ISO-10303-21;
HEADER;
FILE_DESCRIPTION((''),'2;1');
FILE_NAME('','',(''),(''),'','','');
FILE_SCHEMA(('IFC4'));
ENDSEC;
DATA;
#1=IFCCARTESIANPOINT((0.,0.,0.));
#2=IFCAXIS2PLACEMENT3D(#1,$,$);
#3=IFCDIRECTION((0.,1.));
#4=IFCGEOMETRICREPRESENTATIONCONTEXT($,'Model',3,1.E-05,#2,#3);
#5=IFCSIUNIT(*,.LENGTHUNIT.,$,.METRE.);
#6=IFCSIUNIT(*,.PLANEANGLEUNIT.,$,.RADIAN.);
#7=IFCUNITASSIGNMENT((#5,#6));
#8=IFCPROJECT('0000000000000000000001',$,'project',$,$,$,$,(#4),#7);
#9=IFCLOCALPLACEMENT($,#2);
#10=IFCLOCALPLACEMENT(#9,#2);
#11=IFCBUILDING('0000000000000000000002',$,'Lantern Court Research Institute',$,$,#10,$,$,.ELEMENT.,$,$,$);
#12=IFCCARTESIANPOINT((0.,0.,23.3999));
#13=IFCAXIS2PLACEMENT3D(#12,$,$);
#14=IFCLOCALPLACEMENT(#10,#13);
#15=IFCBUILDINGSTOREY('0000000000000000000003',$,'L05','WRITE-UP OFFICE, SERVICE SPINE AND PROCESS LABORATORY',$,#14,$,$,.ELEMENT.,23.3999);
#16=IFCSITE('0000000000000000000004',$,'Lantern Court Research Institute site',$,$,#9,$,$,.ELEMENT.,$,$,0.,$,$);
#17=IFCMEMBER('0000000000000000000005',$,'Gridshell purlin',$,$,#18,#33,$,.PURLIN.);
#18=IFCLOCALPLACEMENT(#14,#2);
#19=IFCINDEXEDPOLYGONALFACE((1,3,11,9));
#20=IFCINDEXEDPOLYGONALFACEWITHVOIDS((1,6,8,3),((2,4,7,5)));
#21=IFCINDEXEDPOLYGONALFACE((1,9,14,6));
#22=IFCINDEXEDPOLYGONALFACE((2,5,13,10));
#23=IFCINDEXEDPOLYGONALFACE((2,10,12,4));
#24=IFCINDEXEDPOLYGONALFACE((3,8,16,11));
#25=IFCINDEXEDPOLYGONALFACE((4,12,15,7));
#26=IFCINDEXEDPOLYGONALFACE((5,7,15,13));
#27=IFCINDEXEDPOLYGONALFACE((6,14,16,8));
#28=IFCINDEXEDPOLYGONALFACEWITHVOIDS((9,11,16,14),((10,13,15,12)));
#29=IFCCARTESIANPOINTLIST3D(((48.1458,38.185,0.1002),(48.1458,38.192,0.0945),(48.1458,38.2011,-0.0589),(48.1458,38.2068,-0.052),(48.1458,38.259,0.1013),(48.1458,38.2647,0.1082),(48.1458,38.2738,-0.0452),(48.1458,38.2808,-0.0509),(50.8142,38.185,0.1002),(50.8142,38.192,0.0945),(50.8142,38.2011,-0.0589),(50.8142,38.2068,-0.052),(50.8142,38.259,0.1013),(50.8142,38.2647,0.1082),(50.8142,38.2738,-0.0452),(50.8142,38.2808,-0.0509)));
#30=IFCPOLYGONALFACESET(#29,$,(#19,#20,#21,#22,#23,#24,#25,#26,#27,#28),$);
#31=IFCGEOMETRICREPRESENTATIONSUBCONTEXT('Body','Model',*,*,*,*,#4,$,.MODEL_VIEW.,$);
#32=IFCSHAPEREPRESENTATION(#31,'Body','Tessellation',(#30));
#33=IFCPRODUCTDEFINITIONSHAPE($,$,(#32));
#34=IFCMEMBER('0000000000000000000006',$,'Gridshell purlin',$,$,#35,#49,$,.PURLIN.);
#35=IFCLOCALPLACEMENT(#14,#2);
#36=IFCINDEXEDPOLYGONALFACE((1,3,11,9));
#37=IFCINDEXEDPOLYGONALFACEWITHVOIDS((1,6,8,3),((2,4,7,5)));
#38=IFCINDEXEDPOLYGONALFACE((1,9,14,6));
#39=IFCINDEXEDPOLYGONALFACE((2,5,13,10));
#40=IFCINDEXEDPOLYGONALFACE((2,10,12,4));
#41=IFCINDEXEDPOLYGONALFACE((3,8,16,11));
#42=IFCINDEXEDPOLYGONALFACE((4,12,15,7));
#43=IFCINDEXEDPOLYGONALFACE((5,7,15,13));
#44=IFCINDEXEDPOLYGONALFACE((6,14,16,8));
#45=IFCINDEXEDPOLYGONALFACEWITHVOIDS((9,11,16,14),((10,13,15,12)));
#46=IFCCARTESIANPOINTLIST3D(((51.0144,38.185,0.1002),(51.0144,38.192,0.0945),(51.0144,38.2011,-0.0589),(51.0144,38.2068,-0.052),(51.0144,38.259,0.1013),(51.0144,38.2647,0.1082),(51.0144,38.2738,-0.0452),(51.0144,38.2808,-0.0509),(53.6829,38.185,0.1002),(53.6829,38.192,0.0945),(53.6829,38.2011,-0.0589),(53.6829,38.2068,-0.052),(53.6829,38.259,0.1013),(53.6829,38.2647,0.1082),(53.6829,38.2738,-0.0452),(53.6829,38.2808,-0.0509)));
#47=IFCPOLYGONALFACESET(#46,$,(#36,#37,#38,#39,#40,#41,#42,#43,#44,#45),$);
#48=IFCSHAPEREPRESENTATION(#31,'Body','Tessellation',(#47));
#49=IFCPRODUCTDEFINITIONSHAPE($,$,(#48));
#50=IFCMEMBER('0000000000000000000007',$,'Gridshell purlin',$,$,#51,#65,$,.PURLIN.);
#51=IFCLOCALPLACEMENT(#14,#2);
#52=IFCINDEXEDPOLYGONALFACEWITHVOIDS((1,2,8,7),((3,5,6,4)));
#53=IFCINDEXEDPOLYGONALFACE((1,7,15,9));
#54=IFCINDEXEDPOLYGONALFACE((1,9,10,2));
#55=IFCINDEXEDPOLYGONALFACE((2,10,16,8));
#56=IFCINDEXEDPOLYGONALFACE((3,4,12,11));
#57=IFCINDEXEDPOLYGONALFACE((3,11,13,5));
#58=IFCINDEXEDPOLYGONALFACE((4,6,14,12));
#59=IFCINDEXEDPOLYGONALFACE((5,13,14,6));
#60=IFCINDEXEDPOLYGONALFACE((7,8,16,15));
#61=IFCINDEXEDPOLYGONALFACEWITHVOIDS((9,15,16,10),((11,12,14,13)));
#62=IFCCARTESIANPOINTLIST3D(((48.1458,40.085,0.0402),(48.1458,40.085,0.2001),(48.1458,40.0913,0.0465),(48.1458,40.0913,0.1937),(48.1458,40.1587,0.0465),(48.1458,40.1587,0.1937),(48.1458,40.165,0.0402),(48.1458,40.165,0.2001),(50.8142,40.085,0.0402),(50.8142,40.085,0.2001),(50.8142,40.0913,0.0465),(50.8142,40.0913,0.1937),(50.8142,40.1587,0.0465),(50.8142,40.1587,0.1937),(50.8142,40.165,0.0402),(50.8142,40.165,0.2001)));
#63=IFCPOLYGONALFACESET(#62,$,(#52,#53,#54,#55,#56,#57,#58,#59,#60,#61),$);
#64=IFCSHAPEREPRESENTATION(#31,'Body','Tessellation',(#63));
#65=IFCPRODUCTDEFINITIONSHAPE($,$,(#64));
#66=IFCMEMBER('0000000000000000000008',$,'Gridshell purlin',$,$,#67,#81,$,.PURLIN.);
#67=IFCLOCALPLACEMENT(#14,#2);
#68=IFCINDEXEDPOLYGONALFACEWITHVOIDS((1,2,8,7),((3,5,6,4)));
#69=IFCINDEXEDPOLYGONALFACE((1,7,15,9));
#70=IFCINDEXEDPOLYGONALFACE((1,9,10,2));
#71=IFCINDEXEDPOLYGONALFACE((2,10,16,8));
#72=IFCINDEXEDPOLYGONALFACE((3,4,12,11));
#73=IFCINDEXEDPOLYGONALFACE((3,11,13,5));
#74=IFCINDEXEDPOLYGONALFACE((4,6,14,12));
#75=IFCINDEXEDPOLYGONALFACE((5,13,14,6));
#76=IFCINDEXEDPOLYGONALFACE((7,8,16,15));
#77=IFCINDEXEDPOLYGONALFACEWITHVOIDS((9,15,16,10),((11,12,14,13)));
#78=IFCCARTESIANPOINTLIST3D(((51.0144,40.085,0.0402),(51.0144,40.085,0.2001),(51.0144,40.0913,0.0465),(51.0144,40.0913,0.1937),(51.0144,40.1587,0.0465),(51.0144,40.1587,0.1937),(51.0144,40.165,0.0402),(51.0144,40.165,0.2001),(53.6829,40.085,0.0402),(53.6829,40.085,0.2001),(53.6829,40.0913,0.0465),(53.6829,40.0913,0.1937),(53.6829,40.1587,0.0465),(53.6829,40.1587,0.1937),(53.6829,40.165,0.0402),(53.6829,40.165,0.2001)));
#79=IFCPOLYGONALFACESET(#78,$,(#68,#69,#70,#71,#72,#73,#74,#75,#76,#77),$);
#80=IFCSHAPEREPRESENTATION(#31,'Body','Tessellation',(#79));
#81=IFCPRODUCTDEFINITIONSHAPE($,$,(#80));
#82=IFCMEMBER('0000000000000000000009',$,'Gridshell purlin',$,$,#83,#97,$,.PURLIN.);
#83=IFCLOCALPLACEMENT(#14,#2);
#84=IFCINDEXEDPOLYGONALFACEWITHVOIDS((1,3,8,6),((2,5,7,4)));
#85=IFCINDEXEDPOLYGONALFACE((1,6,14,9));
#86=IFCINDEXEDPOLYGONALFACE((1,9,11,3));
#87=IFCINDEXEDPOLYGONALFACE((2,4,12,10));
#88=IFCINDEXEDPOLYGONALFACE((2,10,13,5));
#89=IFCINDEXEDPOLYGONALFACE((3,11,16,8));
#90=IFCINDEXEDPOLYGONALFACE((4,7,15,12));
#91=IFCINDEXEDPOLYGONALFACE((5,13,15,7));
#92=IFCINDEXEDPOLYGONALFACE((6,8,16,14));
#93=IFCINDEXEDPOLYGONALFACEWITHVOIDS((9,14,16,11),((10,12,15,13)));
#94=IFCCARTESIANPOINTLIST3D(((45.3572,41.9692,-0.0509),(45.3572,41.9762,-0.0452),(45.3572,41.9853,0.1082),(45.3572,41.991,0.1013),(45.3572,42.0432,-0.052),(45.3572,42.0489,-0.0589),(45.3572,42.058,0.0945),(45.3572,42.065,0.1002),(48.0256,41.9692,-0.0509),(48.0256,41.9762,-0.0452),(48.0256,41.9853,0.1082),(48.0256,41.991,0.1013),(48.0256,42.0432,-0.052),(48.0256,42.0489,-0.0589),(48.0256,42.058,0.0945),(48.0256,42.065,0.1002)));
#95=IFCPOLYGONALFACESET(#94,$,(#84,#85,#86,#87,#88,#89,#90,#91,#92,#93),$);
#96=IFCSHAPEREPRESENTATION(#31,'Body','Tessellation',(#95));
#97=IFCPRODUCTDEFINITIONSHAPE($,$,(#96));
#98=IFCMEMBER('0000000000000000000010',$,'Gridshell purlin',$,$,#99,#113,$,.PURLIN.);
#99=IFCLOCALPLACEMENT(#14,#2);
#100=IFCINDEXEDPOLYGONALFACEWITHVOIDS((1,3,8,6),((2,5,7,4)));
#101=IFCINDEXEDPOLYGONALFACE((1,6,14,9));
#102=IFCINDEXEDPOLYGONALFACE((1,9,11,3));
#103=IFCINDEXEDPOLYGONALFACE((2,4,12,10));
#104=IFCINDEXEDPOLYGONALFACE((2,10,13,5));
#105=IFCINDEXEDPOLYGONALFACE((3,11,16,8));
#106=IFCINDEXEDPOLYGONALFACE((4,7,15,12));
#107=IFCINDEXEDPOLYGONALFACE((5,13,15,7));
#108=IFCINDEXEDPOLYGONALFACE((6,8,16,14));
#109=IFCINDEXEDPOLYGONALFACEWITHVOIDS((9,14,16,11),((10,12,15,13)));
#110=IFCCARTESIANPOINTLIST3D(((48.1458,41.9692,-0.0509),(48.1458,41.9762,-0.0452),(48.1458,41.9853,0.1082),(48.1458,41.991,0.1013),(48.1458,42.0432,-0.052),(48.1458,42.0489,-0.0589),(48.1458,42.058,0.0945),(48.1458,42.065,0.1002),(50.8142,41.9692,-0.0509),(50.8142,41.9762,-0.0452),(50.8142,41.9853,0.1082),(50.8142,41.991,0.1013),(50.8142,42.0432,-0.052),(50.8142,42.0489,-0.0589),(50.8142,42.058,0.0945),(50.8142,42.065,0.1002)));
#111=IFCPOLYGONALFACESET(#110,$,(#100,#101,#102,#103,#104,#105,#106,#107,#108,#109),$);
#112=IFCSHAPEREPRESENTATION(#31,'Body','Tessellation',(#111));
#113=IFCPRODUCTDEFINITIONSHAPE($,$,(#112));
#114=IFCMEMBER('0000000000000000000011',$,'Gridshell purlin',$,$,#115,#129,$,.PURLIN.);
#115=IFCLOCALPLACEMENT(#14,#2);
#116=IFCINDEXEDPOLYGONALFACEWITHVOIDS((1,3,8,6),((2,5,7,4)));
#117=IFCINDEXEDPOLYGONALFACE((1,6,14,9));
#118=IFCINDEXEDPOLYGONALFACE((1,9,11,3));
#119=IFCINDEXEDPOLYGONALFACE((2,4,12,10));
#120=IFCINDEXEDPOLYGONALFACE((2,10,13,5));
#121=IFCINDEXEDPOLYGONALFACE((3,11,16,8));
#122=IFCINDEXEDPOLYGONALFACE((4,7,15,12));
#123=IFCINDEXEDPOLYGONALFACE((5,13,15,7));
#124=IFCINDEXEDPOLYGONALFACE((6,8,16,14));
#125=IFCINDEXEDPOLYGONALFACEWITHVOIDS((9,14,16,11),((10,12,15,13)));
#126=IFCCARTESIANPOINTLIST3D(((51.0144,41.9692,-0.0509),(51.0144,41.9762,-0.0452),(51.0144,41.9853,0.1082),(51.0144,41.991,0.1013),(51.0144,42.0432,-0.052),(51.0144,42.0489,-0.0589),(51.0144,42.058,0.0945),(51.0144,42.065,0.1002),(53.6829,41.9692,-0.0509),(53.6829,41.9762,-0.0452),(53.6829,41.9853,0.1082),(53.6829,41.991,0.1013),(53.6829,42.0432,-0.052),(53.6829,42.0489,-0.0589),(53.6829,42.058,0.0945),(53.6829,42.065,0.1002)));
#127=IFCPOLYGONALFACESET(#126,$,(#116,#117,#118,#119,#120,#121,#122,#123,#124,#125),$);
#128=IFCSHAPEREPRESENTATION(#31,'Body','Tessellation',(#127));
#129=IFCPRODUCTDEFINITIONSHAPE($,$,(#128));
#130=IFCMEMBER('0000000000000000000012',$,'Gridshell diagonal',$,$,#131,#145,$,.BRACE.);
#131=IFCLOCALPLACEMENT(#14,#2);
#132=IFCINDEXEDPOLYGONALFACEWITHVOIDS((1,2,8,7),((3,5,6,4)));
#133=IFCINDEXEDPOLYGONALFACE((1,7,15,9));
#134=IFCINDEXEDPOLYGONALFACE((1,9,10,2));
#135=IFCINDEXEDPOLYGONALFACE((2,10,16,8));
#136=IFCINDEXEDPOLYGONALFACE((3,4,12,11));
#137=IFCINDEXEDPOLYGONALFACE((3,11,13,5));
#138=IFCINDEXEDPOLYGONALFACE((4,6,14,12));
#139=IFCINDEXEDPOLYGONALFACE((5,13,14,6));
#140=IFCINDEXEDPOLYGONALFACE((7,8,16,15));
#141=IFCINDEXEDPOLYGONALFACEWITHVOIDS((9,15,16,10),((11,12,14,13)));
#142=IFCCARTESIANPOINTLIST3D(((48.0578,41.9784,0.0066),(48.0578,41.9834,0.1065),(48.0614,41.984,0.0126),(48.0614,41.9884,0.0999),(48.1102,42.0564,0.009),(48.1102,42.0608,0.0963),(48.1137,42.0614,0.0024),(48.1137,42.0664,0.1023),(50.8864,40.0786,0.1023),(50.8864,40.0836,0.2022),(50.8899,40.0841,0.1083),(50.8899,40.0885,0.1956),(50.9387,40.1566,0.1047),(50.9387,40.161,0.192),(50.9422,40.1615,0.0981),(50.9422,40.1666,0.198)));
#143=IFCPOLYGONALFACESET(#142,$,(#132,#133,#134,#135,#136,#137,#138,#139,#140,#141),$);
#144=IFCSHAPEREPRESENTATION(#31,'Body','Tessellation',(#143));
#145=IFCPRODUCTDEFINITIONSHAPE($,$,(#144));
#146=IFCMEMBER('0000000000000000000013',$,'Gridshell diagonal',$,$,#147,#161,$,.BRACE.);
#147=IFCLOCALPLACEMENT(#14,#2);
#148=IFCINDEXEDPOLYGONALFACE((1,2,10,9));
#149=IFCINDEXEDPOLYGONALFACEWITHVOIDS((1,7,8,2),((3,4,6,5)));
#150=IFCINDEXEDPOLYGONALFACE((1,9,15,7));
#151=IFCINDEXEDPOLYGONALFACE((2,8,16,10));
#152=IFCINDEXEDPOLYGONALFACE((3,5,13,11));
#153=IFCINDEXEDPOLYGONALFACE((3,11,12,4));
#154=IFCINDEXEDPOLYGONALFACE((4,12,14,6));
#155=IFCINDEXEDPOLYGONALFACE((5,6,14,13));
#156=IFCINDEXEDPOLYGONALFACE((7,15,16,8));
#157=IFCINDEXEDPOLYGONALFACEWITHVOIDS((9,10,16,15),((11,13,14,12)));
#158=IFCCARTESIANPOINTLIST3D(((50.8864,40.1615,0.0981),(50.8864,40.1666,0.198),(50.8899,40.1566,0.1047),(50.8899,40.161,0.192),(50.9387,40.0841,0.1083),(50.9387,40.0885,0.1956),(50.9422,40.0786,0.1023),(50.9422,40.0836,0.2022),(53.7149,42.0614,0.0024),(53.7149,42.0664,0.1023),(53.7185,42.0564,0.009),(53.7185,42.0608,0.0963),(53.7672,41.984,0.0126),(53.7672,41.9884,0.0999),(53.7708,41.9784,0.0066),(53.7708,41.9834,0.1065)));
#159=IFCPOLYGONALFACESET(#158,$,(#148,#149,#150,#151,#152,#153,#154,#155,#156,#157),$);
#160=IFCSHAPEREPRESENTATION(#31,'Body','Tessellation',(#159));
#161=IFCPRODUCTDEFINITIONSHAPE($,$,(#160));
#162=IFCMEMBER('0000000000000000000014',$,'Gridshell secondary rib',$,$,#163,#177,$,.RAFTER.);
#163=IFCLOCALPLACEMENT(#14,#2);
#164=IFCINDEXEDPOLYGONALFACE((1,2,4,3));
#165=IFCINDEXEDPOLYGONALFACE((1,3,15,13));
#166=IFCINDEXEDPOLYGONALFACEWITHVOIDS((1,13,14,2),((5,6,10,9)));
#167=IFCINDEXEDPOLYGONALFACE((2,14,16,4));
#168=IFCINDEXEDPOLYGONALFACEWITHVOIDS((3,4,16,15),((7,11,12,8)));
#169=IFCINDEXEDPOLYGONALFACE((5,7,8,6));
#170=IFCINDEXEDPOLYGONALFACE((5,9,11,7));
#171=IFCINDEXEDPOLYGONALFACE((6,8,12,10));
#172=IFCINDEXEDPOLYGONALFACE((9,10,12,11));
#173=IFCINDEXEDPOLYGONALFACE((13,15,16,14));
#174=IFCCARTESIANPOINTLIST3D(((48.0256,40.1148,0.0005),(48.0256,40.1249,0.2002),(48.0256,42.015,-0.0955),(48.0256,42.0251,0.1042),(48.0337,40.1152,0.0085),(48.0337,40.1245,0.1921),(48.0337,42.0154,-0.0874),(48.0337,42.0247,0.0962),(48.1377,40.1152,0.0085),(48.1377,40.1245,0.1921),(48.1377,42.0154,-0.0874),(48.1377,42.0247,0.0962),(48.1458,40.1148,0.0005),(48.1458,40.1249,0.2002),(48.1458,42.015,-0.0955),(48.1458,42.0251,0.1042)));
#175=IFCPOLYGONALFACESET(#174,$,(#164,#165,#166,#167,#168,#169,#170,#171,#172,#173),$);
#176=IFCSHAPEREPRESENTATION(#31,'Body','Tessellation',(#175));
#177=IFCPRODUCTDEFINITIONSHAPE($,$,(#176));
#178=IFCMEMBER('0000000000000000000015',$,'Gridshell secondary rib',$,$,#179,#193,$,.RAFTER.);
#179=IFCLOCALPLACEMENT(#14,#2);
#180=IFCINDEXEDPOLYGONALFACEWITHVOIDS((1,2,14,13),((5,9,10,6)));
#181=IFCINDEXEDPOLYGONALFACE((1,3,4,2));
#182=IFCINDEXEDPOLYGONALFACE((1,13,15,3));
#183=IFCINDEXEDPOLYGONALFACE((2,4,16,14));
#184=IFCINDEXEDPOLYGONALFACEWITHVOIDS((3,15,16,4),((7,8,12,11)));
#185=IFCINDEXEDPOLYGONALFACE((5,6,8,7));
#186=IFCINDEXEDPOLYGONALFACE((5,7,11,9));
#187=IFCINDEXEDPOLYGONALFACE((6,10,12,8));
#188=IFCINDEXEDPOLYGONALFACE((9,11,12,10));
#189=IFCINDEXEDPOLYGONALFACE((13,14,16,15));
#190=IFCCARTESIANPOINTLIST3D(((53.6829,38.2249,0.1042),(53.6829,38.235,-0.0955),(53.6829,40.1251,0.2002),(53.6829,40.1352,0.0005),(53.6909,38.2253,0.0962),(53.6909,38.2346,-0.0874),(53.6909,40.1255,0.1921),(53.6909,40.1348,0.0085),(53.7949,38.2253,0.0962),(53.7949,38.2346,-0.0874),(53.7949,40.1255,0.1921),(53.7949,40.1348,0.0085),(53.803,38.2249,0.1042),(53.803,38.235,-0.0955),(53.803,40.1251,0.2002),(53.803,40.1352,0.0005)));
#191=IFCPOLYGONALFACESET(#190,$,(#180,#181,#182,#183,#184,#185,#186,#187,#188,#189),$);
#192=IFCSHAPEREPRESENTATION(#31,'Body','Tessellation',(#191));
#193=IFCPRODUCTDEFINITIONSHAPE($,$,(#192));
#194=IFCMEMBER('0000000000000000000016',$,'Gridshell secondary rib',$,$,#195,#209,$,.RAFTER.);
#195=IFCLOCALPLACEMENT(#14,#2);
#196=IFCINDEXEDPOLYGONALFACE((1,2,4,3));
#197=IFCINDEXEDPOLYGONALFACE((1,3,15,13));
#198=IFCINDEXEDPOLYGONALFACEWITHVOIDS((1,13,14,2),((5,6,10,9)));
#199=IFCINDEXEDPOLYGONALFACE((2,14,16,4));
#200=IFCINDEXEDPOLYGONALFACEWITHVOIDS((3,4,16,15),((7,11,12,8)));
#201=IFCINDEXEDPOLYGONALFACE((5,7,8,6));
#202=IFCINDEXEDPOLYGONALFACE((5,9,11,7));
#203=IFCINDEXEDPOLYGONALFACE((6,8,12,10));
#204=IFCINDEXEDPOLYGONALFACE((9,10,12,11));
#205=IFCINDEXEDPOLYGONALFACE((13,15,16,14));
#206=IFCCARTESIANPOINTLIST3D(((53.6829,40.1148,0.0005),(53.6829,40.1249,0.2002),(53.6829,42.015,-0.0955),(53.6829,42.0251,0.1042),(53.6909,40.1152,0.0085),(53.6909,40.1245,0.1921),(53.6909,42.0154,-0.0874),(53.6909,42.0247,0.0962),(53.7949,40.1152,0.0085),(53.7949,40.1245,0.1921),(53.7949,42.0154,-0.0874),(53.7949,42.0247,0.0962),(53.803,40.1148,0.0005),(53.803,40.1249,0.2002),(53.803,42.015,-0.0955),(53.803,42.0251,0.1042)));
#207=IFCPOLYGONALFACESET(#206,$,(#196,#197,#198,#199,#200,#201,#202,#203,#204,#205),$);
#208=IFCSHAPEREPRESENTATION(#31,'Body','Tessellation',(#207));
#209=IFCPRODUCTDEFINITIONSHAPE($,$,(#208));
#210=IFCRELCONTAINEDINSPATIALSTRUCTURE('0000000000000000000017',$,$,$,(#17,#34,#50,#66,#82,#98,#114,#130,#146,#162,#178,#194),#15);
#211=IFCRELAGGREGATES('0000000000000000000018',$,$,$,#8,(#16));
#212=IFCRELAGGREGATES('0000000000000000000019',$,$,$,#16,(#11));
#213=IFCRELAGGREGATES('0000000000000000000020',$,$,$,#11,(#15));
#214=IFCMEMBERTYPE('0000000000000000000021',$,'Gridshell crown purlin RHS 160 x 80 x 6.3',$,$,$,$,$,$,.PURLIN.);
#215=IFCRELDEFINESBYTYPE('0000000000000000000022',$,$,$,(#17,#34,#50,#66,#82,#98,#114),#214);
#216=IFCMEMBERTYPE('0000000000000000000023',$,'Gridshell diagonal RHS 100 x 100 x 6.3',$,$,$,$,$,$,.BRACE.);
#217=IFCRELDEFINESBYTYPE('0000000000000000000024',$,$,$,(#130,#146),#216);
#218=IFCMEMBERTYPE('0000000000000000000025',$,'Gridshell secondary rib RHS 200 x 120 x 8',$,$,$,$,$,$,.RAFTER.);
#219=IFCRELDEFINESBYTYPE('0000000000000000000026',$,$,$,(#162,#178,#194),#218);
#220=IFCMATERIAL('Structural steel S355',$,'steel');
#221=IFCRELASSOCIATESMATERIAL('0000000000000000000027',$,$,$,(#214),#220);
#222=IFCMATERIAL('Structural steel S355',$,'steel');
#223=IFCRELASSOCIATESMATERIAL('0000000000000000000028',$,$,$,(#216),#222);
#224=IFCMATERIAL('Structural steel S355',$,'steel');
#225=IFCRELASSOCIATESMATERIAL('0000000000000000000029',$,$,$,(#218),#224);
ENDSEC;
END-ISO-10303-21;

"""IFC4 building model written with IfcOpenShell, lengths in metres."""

from ifc_helpers import new_model, si_unit, direction, frame, origin, origin_2d, place, context, subcontext, project, spatial, hollow_rectangle, extrude, material, material_profile, profile_set, type_object, element, save


model = new_model("IFC4")

# Units and contexts
model_context = context("Model", 3, precision=1e-05, world=origin(), true_north=direction((0.0, 1.0)))
body_context = subcontext(model_context, "Body", "Model", "MODEL_VIEW")
ifc_project = project(units=[si_unit("LENGTHUNIT", "METRE"), si_unit("PLANEANGLEUNIT", "RADIAN")], contexts=[model_context])

# Site, building, storey
site_placement = place(None, origin())
site = spatial("IfcSite", under=ifc_project, at=site_placement, Name="Lantern Court Research Institute site", CompositionType="ELEMENT", RefElevation=0.0)
building_placement = place(site_placement, origin())
building = spatial("IfcBuilding", under=site, at=building_placement, Name="Lantern Court Research Institute", CompositionType="ELEMENT")
storey_placement = place(building_placement, frame((0.0, 0.0, 23.3999)))
storey = spatial("IfcBuildingStorey", under=building, at=storey_placement, Name="L05", Description="WRITE-UP OFFICE, SERVICE SPINE AND PROCESS LABORATORY", CompositionType="ELEMENT", Elevation=23.3999)

# Members
ifc_material_1 = material(Name="Structural steel S355", Category="steel")
ifc_material_profile_1 = material_profile(ifc_material_1, hollow_rectangle(XDim=0.0801, YDim=0.1599, WallThickness=0.0063, at=origin_2d()), Name="Gridshell crown purlin RHS 160 x 80 x 6.3")
ifc_profile_set_1 = profile_set([ifc_material_profile_1], Name="Structural steel S355")
member_type_1 = type_object("IfcMemberType", Name="Gridshell crown purlin RHS 160 x 80 x 6.3", PredefinedType="PURLIN", material=ifc_profile_set_1)
for number, where, z_axis, x_axis, name in (
    (1, (48.1458, 38.2329, 0.0247), (1.0, 0.0, 0.0), (0.0, 0.994934, 0.100531), "Gridshell purlin"),
    (2, (51.0144, 38.2329, 0.0247), (1.0, 0.0, 0.0), (0.0, 0.994934, 0.100531), "Gridshell purlin"),
    (3, (48.1458, 40.125, 0.1201), (1.0, 0.0, 0.0), (0.0, 1.0, 0.0), "Gridshell purlin"),
    (4, (51.0144, 40.125, 0.1201), (1.0, 0.0, 0.0), (0.0, 1.0, 0.0), "Gridshell purlin"),
    (5, (45.3572, 42.0171, 0.0247), (1.0, 0.0, 0.0), (0.0, 0.994934, -0.100531), "Gridshell purlin"),
    (6, (48.1458, 42.0171, 0.0247), (1.0, 0.0, 0.0), (0.0, 0.994934, -0.100531), "Gridshell purlin"),
    (7, (51.0144, 42.0171, 0.0247), (1.0, 0.0, 0.0), (0.0, 0.994934, -0.100531), "Gridshell purlin"),
):
    element("IfcMember", number, at=place(storey_placement, frame(where, z_axis=z_axis, x_axis=x_axis)), inside=storey, type_object=member_type_1, Name=name, PredefinedType="PURLIN", context=body_context, shape_type="SweptSolid", body=[
        extrude(hollow_rectangle(XDim=0.0801, YDim=0.1599, WallThickness=0.0063, at=origin_2d()), origin(), (0.0, 0.0, 1.0), 2.6685),
    ])
ifc_material_2 = material(Name="Structural steel S355", Category="steel")
ifc_material_profile_2 = material_profile(ifc_material_2, hollow_rectangle(XDim=0.1001, YDim=0.1001, WallThickness=0.0063, at=origin_2d()), Name="Gridshell diagonal RHS 100 x 100 x 6.3")
ifc_profile_set_2 = profile_set([ifc_material_profile_2], Name="Structural steel S355")
member_type_2 = type_object("IfcMemberType", Name="Gridshell diagonal RHS 100 x 100 x 6.3", PredefinedType="BRACE", material=ifc_profile_set_2)
for number, where, z_axis, x_axis, name in (
    (8, (50.9143, 40.1226, 0.1501), (-0.8298, 0.557354, -0.028075), (-0.558061, -0.828749, 0.041762), "Gridshell diagonal"),
    (9, (50.9143, 40.1226, 0.1501), (0.8298, 0.557354, -0.028075), (-0.558061, 0.828749, -0.041762), "Gridshell diagonal"),
):
    element("IfcMember", number, at=place(storey_placement, frame(where, z_axis=z_axis, x_axis=x_axis)), inside=storey, type_object=member_type_2, Name=name, PredefinedType="BRACE", context=body_context, shape_type="SweptSolid", body=[
        extrude(hollow_rectangle(XDim=0.1001, YDim=0.1001, WallThickness=0.0063, at=origin_2d()), origin(), (0.0, 0.0, 1.0), 3.4087),
    ])
ifc_material_3 = material(Name="Structural steel S355", Category="steel")
ifc_material_profile_3 = material_profile(ifc_material_3, hollow_rectangle(XDim=0.1201, YDim=0.2, WallThickness=0.0081, at=origin_2d()), Name="Gridshell secondary rib RHS 200 x 120 x 8")
ifc_profile_set_3 = profile_set([ifc_material_profile_3], Name="Structural steel S355")
member_type_3 = type_object("IfcMemberType", Name="Gridshell secondary rib RHS 200 x 120 x 8", PredefinedType="RAFTER", material=ifc_profile_set_3)
for number, where, z_axis, x_axis, name in (
    (10, (48.0857, 40.1199, 0.1003), (0.0, 0.998728, -0.05043), (-1.0, 0.0, 0.0), "Gridshell secondary rib"),
    (11, (53.7429, 38.23, 0.0044), (0.0, 0.998728, 0.05043), (-1.0, 0.0, 0.0), "Gridshell secondary rib"),
    (12, (53.7429, 40.1199, 0.1003), (0.0, 0.998728, -0.05043), (-1.0, 0.0, 0.0), "Gridshell secondary rib"),
):
    element("IfcMember", number, at=place(storey_placement, frame(where, z_axis=z_axis, x_axis=x_axis)), inside=storey, type_object=member_type_3, Name=name, PredefinedType="RAFTER", context=body_context, shape_type="SweptSolid", body=[
        extrude(hollow_rectangle(XDim=0.1201, YDim=0.2, WallThickness=0.0081, at=origin_2d()), origin(), (0.0, 0.0, 1.0), 1.9026),
    ])

save(model, "model.ifc")
